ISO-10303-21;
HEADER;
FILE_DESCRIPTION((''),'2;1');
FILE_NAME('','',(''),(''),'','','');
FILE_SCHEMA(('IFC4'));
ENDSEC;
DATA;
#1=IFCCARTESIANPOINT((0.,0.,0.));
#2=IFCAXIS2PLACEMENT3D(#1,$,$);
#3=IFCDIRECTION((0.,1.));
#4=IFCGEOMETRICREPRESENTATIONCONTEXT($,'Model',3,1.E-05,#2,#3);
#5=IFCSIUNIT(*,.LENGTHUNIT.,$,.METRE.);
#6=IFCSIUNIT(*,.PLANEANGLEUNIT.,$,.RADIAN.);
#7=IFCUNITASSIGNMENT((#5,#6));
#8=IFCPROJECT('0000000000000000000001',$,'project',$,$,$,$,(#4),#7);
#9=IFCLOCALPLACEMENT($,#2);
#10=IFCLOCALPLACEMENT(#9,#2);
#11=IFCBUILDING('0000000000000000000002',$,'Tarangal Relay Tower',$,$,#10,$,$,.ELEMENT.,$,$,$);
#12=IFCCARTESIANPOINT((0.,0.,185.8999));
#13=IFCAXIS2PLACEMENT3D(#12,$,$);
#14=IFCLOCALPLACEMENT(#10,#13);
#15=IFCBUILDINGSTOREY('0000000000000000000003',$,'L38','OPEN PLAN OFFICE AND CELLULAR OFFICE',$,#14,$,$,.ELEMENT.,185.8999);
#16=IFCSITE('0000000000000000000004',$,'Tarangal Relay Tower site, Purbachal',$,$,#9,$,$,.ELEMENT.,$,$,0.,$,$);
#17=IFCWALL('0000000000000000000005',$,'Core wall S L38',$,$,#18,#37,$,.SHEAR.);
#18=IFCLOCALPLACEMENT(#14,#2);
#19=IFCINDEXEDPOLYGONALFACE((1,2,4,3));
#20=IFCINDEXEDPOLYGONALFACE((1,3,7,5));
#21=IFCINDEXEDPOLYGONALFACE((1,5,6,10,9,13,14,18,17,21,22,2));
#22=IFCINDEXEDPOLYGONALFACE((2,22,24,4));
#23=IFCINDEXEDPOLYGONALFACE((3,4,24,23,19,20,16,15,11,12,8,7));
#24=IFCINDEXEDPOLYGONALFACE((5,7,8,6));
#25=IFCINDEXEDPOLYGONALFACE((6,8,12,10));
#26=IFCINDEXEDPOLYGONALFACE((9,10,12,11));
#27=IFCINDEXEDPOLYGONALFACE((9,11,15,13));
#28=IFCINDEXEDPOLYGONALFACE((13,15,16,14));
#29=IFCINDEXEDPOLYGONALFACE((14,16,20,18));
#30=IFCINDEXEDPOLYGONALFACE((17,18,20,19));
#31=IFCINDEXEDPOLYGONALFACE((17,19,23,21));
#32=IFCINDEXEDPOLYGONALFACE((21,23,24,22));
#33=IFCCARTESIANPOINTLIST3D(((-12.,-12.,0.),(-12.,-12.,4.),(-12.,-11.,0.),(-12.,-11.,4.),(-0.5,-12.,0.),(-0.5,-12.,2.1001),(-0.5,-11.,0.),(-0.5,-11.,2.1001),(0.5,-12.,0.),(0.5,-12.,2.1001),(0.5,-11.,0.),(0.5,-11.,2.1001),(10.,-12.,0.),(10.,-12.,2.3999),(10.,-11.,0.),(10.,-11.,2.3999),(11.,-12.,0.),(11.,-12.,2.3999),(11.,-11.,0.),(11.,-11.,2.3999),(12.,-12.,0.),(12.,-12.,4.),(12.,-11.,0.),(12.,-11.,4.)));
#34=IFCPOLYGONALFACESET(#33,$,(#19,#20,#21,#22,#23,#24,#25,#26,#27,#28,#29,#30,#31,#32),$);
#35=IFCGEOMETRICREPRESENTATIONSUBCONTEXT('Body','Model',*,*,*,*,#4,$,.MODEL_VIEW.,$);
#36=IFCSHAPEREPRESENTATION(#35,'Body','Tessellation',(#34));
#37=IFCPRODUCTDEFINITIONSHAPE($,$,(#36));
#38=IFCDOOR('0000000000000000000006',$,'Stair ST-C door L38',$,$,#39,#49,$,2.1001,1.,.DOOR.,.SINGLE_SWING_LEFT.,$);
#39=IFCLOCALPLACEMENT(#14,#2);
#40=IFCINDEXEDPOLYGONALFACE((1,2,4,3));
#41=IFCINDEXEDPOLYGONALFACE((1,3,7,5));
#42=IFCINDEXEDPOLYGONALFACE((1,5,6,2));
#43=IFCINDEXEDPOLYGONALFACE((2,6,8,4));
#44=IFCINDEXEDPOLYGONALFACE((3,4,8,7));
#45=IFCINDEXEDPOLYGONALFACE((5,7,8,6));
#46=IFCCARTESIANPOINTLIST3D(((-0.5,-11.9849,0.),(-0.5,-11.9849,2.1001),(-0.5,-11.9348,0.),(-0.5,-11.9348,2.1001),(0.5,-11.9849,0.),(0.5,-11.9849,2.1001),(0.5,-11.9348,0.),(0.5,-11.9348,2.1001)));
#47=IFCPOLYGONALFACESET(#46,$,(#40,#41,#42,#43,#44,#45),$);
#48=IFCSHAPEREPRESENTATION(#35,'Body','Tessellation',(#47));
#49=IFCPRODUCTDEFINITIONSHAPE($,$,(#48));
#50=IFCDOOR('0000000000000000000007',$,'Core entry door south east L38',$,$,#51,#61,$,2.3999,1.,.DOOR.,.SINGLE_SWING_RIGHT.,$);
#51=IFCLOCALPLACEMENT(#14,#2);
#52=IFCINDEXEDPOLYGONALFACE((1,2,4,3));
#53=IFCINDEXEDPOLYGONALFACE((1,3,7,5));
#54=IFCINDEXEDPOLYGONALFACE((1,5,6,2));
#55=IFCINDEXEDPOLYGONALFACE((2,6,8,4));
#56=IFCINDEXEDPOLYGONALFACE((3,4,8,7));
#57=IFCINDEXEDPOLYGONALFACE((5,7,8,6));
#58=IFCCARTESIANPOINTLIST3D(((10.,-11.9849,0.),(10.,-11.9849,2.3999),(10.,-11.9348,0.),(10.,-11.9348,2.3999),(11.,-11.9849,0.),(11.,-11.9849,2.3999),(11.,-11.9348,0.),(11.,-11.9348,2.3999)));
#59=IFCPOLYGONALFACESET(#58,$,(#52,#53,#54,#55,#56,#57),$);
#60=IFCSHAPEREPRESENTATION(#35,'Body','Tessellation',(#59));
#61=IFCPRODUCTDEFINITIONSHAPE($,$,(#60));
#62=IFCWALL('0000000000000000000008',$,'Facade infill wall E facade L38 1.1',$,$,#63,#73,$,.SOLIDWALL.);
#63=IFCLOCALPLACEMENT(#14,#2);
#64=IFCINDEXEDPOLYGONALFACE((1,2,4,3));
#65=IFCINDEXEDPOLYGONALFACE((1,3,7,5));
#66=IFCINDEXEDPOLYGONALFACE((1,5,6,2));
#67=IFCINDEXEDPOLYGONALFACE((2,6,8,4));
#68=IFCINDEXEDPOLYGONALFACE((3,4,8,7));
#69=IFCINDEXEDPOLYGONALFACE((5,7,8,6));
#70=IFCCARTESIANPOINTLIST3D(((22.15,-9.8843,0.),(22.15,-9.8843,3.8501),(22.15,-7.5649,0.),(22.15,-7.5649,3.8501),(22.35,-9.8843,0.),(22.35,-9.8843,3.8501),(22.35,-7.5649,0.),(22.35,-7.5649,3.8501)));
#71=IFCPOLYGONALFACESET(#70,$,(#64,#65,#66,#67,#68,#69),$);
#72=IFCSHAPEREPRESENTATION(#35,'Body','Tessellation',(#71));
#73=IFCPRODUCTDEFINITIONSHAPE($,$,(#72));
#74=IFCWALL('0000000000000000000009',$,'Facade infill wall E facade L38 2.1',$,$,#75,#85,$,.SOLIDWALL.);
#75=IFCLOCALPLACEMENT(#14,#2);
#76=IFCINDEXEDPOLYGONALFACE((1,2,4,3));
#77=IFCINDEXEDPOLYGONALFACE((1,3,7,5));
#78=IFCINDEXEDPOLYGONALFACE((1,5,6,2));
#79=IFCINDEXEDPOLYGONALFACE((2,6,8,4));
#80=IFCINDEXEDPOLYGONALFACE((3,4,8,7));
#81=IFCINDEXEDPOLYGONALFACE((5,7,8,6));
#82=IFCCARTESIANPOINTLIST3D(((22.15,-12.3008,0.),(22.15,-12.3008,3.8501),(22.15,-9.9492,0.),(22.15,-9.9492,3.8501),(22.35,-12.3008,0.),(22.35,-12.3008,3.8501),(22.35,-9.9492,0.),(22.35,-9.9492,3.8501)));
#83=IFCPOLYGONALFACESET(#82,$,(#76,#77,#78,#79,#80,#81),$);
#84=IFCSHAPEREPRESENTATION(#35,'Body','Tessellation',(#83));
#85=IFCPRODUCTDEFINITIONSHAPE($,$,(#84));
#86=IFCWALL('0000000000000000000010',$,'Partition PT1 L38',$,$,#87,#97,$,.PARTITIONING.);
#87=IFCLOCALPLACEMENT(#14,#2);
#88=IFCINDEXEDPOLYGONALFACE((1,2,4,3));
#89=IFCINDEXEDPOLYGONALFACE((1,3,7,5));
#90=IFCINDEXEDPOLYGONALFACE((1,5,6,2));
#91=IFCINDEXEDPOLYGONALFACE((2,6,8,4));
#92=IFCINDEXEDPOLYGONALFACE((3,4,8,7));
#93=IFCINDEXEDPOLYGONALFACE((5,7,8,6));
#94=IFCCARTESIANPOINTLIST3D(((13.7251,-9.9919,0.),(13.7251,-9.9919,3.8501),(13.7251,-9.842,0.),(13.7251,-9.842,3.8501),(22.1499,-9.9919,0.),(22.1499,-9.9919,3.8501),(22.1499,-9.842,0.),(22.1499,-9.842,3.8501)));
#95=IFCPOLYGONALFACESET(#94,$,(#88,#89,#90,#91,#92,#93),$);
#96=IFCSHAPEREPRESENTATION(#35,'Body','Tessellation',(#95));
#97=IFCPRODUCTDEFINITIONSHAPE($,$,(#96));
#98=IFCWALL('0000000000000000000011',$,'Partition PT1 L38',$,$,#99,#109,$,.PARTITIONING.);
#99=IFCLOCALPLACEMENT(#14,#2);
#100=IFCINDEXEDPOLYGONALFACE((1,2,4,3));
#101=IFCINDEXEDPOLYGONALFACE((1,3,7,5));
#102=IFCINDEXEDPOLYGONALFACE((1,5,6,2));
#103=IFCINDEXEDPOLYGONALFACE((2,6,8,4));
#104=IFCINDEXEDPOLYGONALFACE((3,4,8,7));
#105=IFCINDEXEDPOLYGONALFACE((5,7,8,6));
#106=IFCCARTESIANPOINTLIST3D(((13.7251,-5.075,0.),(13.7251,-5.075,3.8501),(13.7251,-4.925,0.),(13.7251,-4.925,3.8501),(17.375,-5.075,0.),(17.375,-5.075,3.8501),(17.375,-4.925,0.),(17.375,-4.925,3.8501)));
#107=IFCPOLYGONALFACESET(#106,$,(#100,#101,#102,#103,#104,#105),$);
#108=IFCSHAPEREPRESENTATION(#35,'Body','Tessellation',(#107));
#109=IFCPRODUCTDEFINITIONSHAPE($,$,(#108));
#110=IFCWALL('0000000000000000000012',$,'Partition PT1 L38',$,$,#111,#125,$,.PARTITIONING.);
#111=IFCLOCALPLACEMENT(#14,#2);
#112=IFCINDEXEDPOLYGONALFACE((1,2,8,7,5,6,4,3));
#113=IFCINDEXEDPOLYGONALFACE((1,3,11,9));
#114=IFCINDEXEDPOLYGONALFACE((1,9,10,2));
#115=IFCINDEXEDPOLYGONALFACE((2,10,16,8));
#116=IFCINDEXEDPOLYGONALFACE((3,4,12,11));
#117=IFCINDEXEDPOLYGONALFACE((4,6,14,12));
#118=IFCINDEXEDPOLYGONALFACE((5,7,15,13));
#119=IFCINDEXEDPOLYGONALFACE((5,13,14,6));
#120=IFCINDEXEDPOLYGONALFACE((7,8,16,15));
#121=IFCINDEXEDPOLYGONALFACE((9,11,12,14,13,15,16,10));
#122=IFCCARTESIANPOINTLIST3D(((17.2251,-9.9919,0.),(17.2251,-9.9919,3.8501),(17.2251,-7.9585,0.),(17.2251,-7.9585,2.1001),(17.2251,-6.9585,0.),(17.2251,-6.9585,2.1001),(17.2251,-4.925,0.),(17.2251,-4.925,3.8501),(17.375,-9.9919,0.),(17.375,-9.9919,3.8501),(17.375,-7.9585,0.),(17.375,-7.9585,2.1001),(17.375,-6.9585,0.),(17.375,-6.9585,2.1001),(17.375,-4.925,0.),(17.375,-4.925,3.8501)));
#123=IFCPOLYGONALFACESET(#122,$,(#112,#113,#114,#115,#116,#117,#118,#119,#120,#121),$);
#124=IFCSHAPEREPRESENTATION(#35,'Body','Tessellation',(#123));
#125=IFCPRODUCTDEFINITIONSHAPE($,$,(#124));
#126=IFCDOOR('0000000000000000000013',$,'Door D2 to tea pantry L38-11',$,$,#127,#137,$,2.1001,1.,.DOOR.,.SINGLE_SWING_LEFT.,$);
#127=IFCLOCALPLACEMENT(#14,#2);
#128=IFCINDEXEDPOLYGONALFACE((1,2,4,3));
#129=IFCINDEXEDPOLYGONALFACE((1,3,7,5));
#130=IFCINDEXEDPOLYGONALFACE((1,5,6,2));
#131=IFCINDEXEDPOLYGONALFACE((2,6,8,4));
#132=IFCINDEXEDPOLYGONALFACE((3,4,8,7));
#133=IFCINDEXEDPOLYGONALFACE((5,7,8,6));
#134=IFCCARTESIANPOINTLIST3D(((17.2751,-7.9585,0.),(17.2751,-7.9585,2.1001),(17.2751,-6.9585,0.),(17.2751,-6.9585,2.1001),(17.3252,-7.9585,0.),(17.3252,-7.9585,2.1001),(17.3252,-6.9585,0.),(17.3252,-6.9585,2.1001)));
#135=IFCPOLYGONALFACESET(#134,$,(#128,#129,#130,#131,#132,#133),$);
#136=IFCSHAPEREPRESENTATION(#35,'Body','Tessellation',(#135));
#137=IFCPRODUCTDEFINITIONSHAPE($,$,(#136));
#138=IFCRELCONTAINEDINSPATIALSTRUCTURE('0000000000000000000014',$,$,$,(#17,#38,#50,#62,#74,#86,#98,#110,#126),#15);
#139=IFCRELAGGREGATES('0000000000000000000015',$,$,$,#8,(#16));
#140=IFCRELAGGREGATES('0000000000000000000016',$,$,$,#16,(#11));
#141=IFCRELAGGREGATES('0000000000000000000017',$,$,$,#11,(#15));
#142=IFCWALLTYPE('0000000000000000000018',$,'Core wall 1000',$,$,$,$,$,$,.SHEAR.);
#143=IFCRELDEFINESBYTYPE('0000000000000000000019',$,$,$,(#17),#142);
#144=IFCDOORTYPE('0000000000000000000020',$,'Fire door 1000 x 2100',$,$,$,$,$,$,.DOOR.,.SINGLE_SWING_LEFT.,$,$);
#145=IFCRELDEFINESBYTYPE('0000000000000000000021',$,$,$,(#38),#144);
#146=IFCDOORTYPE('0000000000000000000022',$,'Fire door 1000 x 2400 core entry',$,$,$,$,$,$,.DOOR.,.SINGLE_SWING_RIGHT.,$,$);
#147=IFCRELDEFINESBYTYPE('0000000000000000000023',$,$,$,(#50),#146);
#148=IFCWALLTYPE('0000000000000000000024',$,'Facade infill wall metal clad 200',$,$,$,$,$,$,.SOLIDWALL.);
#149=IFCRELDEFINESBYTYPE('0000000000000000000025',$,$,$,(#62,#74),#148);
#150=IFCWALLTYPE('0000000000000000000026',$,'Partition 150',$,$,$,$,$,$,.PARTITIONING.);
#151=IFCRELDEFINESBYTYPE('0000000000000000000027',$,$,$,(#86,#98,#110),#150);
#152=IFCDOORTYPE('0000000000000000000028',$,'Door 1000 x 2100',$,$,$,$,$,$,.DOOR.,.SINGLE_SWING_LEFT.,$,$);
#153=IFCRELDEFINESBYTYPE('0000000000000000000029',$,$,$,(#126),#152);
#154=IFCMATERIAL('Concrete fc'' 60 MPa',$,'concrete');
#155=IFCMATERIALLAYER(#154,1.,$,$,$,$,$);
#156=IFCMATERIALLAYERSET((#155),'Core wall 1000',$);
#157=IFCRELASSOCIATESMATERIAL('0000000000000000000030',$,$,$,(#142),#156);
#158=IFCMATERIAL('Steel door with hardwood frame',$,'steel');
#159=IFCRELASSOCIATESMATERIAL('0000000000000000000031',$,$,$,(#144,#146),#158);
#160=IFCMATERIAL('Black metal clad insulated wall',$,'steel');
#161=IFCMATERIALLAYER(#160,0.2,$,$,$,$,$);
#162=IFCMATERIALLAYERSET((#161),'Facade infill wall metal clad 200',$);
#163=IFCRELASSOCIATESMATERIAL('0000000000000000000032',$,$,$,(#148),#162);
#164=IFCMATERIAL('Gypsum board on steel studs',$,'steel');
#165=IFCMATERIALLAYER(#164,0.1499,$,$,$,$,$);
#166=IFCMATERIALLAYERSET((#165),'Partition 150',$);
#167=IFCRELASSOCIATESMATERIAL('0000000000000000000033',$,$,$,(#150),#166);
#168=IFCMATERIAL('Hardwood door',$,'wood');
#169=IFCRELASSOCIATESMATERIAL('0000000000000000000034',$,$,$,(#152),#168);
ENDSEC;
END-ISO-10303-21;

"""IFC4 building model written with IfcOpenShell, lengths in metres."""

from ifc_helpers import new_model, si_unit, direction, frame, frame_2d, origin, place, context, subcontext, project, spatial, rectangle, extrude, material, layer, layer_set, type_object, element, fill, save


model = new_model("IFC4")

# Units and contexts
model_context = context("Model", 3, precision=1e-05, world=origin(), true_north=direction((0.0, 1.0)))
body_context = subcontext(model_context, "Body", "Model", "MODEL_VIEW")
ifc_project = project(units=[si_unit("LENGTHUNIT", "METRE"), si_unit("PLANEANGLEUNIT", "RADIAN")], contexts=[model_context])

# Site, building, storey
site_placement = place(None, origin())
site = spatial("IfcSite", under=ifc_project, at=site_placement, Name="Tarangal Relay Tower site, Purbachal", CompositionType="ELEMENT", RefElevation=0.0)
building_placement = place(site_placement, origin())
building = spatial("IfcBuilding", under=site, at=building_placement, Name="Tarangal Relay Tower", CompositionType="ELEMENT")
storey_placement = place(building_placement, frame((0.0, 0.0, 185.8999)))
storey = spatial("IfcBuildingStorey", under=building, at=storey_placement, Name="L38", Description="OPEN PLAN OFFICE AND CELLULAR OFFICE", CompositionType="ELEMENT", Elevation=185.8999)

# Wall, openings, doors
ifc_material_1 = material(Name="Concrete fc' 60 MPa", Category="concrete")
ifc_layer_1 = layer(ifc_material_1, 1.0)
ifc_layer_set_1 = layer_set([ifc_layer_1], Name="Core wall 1000")
wall_type_1 = type_object("IfcWallType", Name="Core wall 1000", PredefinedType="SHEAR", material=ifc_layer_set_1)
wall_1_placement = place(storey_placement, frame((12.0, -11.5, 0.0), z_axis=(0.0, 0.0, 1.0), x_axis=(-1.0, 0.0, 0.0)))
wall_1 = element("IfcWall", 1, at=wall_1_placement, inside=storey, type_object=wall_type_1, Name="Core wall S L38", PredefinedType="SHEAR", context=body_context, shape_type="SweptSolid", body=[
    extrude(rectangle(XDim=24.0, YDim=1.0, at=frame_2d((12.0, 0.0))), origin(), (0.0, 0.0, 1.0), 4.0),
])
opening_1_placement = place(wall_1_placement, frame((11.5, 0.0, 0.0)))
opening_1 = element("IfcOpeningElement", 2, at=opening_1_placement, cuts=wall_1, PredefinedType="OPENING", context=body_context, shape_type="SweptSolid", body=[
    extrude(rectangle(XDim=1.0, YDim=2.1001, at=frame_2d((0.5, 1.05))), frame((0.0, 0.51, 0.0), z_axis=(0.0, -1.0, 0.0), x_axis=(1.0, 0.0, 0.0)), (0.0, 0.0, 1.0), 1.02),
])
opening_2_placement = place(wall_1_placement, frame((1.0, 0.0, 0.0)))
opening_2 = element("IfcOpeningElement", 3, at=opening_2_placement, cuts=wall_1, PredefinedType="OPENING", context=body_context, shape_type="SweptSolid", body=[
    extrude(rectangle(XDim=1.0, YDim=2.3999, at=frame_2d((0.5, 1.2))), frame((0.0, 0.51, 0.0), z_axis=(0.0, -1.0, 0.0), x_axis=(1.0, 0.0, 0.0)), (0.0, 0.0, 1.0), 1.02),
])
ifc_material_2 = material(Name="Steel door with hardwood frame", Category="steel")
door_type_1 = type_object("IfcDoorType", Name="Fire door 1000 x 2100", OperationType="SINGLE_SWING_LEFT", PredefinedType="DOOR", material=ifc_material_2)
door_1_placement = place(opening_1_placement, origin())
door_1 = element("IfcDoor", 4, at=door_1_placement, inside=storey, type_object=door_type_1, Name="Stair ST-C door L38", OperationType="SINGLE_SWING_LEFT", OverallHeight=2.1001, OverallWidth=1.0, PredefinedType="DOOR", context=body_context, shape_type="SweptSolid", body=[
    extrude(rectangle(XDim=1.0, YDim=2.1001, at=frame_2d((0.5, 1.05))), frame((0.0, 0.4849, 0.0), z_axis=(0.0, -1.0, 0.0), x_axis=(1.0, 0.0, 0.0)), (0.0, 0.0, 1.0), 0.05),
])
fill(opening_1, door_1)
door_type_2 = type_object("IfcDoorType", Name="Fire door 1000 x 2400 core entry", OperationType="SINGLE_SWING_RIGHT", PredefinedType="DOOR", material=ifc_material_2)
door_2_placement = place(opening_2_placement, origin())
door_2 = element("IfcDoor", 5, at=door_2_placement, inside=storey, type_object=door_type_2, Name="Core entry door south east L38", OperationType="SINGLE_SWING_RIGHT", OverallHeight=2.3999, OverallWidth=1.0, PredefinedType="DOOR", context=body_context, shape_type="SweptSolid", body=[
    extrude(rectangle(XDim=1.0, YDim=2.3999, at=frame_2d((0.5, 1.2))), frame((0.0, 0.4849, 0.0), z_axis=(0.0, -1.0, 0.0), x_axis=(1.0, 0.0, 0.0)), (0.0, 0.0, 1.0), 0.05),
])
fill(opening_2, door_2)

# Walls
ifc_material_3 = material(Name="Black metal clad insulated wall", Category="steel")
ifc_layer_2 = layer(ifc_material_3, 0.2)
ifc_layer_set_2 = layer_set([ifc_layer_2], Name="Facade infill wall metal clad 200")
wall_type_2 = type_object("IfcWallType", Name="Facade infill wall metal clad 200", PredefinedType="SOLIDWALL", material=ifc_layer_set_2)
wall_2_placement = place(storey_placement, frame((22.25, -7.5649, 0.0), z_axis=(0.0, 0.0, 1.0), x_axis=(0.0, -1.0, 0.0)))
element("IfcWall", 6, at=wall_2_placement, inside=storey, type_object=wall_type_2, Name="Facade infill wall E facade L38 1.1", PredefinedType="SOLIDWALL", context=body_context, shape_type="SweptSolid", body=[
    extrude(rectangle(XDim=2.3193, YDim=0.2, at=frame_2d((1.1597, 0.0))), origin(), (0.0, 0.0, 1.0), 3.8501),
])
wall_3_placement = place(storey_placement, frame((22.25, -9.9492, 0.0), z_axis=(0.0, 0.0, 1.0), x_axis=(0.0, -1.0, 0.0)))
element("IfcWall", 7, at=wall_3_placement, inside=storey, type_object=wall_type_2, Name="Facade infill wall E facade L38 2.1", PredefinedType="SOLIDWALL", context=body_context, shape_type="SweptSolid", body=[
    extrude(rectangle(XDim=2.3516, YDim=0.2, at=frame_2d((1.1758, 0.0))), origin(), (0.0, 0.0, 1.0), 3.8501),
])
ifc_material_4 = material(Name="Gypsum board on steel studs", Category="steel")
ifc_layer_3 = layer(ifc_material_4, 0.1499)
ifc_layer_set_3 = layer_set([ifc_layer_3], Name="Partition 150")
wall_type_3 = type_object("IfcWallType", Name="Partition 150", PredefinedType="PARTITIONING", material=ifc_layer_set_3)
wall_4_placement = place(storey_placement, frame((13.7251, -9.917, 0.0), z_axis=(0.0, 0.0, 1.0), x_axis=(1.0, 0.0, 0.0)))
element("IfcWall", 8, at=wall_4_placement, inside=storey, type_object=wall_type_3, Name="Partition PT1 L38", PredefinedType="PARTITIONING", context=body_context, shape_type="SweptSolid", body=[
    extrude(rectangle(XDim=8.4248, YDim=0.1499, at=frame_2d((4.2124, 0.0))), origin(), (0.0, 0.0, 1.0), 3.8501),
])
wall_5_placement = place(storey_placement, frame((13.7251, -5.0, 0.0), z_axis=(0.0, 0.0, 1.0), x_axis=(1.0, 0.0, 0.0)))
element("IfcWall", 9, at=wall_5_placement, inside=storey, type_object=wall_type_3, Name="Partition PT1 L38", PredefinedType="PARTITIONING", context=body_context, shape_type="SweptSolid", body=[
    extrude(rectangle(XDim=3.6499, YDim=0.1499, at=frame_2d((1.825, 0.0))), origin(), (0.0, 0.0, 1.0), 3.8501),
])

# Wall, opening, door
wall_6_placement = place(storey_placement, frame((17.3, -9.9919, 0.0), z_axis=(0.0, 0.0, 1.0), x_axis=(0.0, 1.0, 0.0)))
wall_6 = element("IfcWall", 10, at=wall_6_placement, inside=storey, type_object=wall_type_3, Name="Partition PT1 L38", PredefinedType="PARTITIONING", context=body_context, shape_type="SweptSolid", body=[
    extrude(rectangle(XDim=5.0669, YDim=0.1499, at=frame_2d((2.5334, 0.0))), origin(), (0.0, 0.0, 1.0), 3.8501),
])
opening_3_placement = place(wall_6_placement, frame((2.0334, 0.0, 0.0)))
opening_3 = element("IfcOpeningElement", 11, at=opening_3_placement, cuts=wall_6, PredefinedType="OPENING", context=body_context, shape_type="SweptSolid", body=[
    extrude(rectangle(XDim=1.0, YDim=2.1001, at=frame_2d((0.5, 1.05))), frame((0.0, 0.085, 0.0), z_axis=(0.0, -1.0, 0.0), x_axis=(1.0, 0.0, 0.0)), (0.0, 0.0, 1.0), 0.1699),
])
ifc_material_5 = material(Name="Hardwood door", Category="wood")
door_type_3 = type_object("IfcDoorType", Name="Door 1000 x 2100", OperationType="SINGLE_SWING_LEFT", PredefinedType="DOOR", material=ifc_material_5)
door_3_placement = place(opening_3_placement, origin())
door_3 = element("IfcDoor", 12, at=door_3_placement, inside=storey, type_object=door_type_3, Name="Door D2 to tea pantry L38-11", OperationType="SINGLE_SWING_LEFT", OverallHeight=2.1001, OverallWidth=1.0, PredefinedType="DOOR", context=body_context, shape_type="SweptSolid", body=[
    extrude(rectangle(XDim=1.0, YDim=2.1001, at=frame_2d((0.5, 1.05))), frame((0.0, 0.0249, 0.0), z_axis=(0.0, -1.0, 0.0), x_axis=(1.0, 0.0, 0.0)), (0.0, 0.0, 1.0), 0.05),
])
fill(opening_3, door_3)

save(model, "model.ifc")
